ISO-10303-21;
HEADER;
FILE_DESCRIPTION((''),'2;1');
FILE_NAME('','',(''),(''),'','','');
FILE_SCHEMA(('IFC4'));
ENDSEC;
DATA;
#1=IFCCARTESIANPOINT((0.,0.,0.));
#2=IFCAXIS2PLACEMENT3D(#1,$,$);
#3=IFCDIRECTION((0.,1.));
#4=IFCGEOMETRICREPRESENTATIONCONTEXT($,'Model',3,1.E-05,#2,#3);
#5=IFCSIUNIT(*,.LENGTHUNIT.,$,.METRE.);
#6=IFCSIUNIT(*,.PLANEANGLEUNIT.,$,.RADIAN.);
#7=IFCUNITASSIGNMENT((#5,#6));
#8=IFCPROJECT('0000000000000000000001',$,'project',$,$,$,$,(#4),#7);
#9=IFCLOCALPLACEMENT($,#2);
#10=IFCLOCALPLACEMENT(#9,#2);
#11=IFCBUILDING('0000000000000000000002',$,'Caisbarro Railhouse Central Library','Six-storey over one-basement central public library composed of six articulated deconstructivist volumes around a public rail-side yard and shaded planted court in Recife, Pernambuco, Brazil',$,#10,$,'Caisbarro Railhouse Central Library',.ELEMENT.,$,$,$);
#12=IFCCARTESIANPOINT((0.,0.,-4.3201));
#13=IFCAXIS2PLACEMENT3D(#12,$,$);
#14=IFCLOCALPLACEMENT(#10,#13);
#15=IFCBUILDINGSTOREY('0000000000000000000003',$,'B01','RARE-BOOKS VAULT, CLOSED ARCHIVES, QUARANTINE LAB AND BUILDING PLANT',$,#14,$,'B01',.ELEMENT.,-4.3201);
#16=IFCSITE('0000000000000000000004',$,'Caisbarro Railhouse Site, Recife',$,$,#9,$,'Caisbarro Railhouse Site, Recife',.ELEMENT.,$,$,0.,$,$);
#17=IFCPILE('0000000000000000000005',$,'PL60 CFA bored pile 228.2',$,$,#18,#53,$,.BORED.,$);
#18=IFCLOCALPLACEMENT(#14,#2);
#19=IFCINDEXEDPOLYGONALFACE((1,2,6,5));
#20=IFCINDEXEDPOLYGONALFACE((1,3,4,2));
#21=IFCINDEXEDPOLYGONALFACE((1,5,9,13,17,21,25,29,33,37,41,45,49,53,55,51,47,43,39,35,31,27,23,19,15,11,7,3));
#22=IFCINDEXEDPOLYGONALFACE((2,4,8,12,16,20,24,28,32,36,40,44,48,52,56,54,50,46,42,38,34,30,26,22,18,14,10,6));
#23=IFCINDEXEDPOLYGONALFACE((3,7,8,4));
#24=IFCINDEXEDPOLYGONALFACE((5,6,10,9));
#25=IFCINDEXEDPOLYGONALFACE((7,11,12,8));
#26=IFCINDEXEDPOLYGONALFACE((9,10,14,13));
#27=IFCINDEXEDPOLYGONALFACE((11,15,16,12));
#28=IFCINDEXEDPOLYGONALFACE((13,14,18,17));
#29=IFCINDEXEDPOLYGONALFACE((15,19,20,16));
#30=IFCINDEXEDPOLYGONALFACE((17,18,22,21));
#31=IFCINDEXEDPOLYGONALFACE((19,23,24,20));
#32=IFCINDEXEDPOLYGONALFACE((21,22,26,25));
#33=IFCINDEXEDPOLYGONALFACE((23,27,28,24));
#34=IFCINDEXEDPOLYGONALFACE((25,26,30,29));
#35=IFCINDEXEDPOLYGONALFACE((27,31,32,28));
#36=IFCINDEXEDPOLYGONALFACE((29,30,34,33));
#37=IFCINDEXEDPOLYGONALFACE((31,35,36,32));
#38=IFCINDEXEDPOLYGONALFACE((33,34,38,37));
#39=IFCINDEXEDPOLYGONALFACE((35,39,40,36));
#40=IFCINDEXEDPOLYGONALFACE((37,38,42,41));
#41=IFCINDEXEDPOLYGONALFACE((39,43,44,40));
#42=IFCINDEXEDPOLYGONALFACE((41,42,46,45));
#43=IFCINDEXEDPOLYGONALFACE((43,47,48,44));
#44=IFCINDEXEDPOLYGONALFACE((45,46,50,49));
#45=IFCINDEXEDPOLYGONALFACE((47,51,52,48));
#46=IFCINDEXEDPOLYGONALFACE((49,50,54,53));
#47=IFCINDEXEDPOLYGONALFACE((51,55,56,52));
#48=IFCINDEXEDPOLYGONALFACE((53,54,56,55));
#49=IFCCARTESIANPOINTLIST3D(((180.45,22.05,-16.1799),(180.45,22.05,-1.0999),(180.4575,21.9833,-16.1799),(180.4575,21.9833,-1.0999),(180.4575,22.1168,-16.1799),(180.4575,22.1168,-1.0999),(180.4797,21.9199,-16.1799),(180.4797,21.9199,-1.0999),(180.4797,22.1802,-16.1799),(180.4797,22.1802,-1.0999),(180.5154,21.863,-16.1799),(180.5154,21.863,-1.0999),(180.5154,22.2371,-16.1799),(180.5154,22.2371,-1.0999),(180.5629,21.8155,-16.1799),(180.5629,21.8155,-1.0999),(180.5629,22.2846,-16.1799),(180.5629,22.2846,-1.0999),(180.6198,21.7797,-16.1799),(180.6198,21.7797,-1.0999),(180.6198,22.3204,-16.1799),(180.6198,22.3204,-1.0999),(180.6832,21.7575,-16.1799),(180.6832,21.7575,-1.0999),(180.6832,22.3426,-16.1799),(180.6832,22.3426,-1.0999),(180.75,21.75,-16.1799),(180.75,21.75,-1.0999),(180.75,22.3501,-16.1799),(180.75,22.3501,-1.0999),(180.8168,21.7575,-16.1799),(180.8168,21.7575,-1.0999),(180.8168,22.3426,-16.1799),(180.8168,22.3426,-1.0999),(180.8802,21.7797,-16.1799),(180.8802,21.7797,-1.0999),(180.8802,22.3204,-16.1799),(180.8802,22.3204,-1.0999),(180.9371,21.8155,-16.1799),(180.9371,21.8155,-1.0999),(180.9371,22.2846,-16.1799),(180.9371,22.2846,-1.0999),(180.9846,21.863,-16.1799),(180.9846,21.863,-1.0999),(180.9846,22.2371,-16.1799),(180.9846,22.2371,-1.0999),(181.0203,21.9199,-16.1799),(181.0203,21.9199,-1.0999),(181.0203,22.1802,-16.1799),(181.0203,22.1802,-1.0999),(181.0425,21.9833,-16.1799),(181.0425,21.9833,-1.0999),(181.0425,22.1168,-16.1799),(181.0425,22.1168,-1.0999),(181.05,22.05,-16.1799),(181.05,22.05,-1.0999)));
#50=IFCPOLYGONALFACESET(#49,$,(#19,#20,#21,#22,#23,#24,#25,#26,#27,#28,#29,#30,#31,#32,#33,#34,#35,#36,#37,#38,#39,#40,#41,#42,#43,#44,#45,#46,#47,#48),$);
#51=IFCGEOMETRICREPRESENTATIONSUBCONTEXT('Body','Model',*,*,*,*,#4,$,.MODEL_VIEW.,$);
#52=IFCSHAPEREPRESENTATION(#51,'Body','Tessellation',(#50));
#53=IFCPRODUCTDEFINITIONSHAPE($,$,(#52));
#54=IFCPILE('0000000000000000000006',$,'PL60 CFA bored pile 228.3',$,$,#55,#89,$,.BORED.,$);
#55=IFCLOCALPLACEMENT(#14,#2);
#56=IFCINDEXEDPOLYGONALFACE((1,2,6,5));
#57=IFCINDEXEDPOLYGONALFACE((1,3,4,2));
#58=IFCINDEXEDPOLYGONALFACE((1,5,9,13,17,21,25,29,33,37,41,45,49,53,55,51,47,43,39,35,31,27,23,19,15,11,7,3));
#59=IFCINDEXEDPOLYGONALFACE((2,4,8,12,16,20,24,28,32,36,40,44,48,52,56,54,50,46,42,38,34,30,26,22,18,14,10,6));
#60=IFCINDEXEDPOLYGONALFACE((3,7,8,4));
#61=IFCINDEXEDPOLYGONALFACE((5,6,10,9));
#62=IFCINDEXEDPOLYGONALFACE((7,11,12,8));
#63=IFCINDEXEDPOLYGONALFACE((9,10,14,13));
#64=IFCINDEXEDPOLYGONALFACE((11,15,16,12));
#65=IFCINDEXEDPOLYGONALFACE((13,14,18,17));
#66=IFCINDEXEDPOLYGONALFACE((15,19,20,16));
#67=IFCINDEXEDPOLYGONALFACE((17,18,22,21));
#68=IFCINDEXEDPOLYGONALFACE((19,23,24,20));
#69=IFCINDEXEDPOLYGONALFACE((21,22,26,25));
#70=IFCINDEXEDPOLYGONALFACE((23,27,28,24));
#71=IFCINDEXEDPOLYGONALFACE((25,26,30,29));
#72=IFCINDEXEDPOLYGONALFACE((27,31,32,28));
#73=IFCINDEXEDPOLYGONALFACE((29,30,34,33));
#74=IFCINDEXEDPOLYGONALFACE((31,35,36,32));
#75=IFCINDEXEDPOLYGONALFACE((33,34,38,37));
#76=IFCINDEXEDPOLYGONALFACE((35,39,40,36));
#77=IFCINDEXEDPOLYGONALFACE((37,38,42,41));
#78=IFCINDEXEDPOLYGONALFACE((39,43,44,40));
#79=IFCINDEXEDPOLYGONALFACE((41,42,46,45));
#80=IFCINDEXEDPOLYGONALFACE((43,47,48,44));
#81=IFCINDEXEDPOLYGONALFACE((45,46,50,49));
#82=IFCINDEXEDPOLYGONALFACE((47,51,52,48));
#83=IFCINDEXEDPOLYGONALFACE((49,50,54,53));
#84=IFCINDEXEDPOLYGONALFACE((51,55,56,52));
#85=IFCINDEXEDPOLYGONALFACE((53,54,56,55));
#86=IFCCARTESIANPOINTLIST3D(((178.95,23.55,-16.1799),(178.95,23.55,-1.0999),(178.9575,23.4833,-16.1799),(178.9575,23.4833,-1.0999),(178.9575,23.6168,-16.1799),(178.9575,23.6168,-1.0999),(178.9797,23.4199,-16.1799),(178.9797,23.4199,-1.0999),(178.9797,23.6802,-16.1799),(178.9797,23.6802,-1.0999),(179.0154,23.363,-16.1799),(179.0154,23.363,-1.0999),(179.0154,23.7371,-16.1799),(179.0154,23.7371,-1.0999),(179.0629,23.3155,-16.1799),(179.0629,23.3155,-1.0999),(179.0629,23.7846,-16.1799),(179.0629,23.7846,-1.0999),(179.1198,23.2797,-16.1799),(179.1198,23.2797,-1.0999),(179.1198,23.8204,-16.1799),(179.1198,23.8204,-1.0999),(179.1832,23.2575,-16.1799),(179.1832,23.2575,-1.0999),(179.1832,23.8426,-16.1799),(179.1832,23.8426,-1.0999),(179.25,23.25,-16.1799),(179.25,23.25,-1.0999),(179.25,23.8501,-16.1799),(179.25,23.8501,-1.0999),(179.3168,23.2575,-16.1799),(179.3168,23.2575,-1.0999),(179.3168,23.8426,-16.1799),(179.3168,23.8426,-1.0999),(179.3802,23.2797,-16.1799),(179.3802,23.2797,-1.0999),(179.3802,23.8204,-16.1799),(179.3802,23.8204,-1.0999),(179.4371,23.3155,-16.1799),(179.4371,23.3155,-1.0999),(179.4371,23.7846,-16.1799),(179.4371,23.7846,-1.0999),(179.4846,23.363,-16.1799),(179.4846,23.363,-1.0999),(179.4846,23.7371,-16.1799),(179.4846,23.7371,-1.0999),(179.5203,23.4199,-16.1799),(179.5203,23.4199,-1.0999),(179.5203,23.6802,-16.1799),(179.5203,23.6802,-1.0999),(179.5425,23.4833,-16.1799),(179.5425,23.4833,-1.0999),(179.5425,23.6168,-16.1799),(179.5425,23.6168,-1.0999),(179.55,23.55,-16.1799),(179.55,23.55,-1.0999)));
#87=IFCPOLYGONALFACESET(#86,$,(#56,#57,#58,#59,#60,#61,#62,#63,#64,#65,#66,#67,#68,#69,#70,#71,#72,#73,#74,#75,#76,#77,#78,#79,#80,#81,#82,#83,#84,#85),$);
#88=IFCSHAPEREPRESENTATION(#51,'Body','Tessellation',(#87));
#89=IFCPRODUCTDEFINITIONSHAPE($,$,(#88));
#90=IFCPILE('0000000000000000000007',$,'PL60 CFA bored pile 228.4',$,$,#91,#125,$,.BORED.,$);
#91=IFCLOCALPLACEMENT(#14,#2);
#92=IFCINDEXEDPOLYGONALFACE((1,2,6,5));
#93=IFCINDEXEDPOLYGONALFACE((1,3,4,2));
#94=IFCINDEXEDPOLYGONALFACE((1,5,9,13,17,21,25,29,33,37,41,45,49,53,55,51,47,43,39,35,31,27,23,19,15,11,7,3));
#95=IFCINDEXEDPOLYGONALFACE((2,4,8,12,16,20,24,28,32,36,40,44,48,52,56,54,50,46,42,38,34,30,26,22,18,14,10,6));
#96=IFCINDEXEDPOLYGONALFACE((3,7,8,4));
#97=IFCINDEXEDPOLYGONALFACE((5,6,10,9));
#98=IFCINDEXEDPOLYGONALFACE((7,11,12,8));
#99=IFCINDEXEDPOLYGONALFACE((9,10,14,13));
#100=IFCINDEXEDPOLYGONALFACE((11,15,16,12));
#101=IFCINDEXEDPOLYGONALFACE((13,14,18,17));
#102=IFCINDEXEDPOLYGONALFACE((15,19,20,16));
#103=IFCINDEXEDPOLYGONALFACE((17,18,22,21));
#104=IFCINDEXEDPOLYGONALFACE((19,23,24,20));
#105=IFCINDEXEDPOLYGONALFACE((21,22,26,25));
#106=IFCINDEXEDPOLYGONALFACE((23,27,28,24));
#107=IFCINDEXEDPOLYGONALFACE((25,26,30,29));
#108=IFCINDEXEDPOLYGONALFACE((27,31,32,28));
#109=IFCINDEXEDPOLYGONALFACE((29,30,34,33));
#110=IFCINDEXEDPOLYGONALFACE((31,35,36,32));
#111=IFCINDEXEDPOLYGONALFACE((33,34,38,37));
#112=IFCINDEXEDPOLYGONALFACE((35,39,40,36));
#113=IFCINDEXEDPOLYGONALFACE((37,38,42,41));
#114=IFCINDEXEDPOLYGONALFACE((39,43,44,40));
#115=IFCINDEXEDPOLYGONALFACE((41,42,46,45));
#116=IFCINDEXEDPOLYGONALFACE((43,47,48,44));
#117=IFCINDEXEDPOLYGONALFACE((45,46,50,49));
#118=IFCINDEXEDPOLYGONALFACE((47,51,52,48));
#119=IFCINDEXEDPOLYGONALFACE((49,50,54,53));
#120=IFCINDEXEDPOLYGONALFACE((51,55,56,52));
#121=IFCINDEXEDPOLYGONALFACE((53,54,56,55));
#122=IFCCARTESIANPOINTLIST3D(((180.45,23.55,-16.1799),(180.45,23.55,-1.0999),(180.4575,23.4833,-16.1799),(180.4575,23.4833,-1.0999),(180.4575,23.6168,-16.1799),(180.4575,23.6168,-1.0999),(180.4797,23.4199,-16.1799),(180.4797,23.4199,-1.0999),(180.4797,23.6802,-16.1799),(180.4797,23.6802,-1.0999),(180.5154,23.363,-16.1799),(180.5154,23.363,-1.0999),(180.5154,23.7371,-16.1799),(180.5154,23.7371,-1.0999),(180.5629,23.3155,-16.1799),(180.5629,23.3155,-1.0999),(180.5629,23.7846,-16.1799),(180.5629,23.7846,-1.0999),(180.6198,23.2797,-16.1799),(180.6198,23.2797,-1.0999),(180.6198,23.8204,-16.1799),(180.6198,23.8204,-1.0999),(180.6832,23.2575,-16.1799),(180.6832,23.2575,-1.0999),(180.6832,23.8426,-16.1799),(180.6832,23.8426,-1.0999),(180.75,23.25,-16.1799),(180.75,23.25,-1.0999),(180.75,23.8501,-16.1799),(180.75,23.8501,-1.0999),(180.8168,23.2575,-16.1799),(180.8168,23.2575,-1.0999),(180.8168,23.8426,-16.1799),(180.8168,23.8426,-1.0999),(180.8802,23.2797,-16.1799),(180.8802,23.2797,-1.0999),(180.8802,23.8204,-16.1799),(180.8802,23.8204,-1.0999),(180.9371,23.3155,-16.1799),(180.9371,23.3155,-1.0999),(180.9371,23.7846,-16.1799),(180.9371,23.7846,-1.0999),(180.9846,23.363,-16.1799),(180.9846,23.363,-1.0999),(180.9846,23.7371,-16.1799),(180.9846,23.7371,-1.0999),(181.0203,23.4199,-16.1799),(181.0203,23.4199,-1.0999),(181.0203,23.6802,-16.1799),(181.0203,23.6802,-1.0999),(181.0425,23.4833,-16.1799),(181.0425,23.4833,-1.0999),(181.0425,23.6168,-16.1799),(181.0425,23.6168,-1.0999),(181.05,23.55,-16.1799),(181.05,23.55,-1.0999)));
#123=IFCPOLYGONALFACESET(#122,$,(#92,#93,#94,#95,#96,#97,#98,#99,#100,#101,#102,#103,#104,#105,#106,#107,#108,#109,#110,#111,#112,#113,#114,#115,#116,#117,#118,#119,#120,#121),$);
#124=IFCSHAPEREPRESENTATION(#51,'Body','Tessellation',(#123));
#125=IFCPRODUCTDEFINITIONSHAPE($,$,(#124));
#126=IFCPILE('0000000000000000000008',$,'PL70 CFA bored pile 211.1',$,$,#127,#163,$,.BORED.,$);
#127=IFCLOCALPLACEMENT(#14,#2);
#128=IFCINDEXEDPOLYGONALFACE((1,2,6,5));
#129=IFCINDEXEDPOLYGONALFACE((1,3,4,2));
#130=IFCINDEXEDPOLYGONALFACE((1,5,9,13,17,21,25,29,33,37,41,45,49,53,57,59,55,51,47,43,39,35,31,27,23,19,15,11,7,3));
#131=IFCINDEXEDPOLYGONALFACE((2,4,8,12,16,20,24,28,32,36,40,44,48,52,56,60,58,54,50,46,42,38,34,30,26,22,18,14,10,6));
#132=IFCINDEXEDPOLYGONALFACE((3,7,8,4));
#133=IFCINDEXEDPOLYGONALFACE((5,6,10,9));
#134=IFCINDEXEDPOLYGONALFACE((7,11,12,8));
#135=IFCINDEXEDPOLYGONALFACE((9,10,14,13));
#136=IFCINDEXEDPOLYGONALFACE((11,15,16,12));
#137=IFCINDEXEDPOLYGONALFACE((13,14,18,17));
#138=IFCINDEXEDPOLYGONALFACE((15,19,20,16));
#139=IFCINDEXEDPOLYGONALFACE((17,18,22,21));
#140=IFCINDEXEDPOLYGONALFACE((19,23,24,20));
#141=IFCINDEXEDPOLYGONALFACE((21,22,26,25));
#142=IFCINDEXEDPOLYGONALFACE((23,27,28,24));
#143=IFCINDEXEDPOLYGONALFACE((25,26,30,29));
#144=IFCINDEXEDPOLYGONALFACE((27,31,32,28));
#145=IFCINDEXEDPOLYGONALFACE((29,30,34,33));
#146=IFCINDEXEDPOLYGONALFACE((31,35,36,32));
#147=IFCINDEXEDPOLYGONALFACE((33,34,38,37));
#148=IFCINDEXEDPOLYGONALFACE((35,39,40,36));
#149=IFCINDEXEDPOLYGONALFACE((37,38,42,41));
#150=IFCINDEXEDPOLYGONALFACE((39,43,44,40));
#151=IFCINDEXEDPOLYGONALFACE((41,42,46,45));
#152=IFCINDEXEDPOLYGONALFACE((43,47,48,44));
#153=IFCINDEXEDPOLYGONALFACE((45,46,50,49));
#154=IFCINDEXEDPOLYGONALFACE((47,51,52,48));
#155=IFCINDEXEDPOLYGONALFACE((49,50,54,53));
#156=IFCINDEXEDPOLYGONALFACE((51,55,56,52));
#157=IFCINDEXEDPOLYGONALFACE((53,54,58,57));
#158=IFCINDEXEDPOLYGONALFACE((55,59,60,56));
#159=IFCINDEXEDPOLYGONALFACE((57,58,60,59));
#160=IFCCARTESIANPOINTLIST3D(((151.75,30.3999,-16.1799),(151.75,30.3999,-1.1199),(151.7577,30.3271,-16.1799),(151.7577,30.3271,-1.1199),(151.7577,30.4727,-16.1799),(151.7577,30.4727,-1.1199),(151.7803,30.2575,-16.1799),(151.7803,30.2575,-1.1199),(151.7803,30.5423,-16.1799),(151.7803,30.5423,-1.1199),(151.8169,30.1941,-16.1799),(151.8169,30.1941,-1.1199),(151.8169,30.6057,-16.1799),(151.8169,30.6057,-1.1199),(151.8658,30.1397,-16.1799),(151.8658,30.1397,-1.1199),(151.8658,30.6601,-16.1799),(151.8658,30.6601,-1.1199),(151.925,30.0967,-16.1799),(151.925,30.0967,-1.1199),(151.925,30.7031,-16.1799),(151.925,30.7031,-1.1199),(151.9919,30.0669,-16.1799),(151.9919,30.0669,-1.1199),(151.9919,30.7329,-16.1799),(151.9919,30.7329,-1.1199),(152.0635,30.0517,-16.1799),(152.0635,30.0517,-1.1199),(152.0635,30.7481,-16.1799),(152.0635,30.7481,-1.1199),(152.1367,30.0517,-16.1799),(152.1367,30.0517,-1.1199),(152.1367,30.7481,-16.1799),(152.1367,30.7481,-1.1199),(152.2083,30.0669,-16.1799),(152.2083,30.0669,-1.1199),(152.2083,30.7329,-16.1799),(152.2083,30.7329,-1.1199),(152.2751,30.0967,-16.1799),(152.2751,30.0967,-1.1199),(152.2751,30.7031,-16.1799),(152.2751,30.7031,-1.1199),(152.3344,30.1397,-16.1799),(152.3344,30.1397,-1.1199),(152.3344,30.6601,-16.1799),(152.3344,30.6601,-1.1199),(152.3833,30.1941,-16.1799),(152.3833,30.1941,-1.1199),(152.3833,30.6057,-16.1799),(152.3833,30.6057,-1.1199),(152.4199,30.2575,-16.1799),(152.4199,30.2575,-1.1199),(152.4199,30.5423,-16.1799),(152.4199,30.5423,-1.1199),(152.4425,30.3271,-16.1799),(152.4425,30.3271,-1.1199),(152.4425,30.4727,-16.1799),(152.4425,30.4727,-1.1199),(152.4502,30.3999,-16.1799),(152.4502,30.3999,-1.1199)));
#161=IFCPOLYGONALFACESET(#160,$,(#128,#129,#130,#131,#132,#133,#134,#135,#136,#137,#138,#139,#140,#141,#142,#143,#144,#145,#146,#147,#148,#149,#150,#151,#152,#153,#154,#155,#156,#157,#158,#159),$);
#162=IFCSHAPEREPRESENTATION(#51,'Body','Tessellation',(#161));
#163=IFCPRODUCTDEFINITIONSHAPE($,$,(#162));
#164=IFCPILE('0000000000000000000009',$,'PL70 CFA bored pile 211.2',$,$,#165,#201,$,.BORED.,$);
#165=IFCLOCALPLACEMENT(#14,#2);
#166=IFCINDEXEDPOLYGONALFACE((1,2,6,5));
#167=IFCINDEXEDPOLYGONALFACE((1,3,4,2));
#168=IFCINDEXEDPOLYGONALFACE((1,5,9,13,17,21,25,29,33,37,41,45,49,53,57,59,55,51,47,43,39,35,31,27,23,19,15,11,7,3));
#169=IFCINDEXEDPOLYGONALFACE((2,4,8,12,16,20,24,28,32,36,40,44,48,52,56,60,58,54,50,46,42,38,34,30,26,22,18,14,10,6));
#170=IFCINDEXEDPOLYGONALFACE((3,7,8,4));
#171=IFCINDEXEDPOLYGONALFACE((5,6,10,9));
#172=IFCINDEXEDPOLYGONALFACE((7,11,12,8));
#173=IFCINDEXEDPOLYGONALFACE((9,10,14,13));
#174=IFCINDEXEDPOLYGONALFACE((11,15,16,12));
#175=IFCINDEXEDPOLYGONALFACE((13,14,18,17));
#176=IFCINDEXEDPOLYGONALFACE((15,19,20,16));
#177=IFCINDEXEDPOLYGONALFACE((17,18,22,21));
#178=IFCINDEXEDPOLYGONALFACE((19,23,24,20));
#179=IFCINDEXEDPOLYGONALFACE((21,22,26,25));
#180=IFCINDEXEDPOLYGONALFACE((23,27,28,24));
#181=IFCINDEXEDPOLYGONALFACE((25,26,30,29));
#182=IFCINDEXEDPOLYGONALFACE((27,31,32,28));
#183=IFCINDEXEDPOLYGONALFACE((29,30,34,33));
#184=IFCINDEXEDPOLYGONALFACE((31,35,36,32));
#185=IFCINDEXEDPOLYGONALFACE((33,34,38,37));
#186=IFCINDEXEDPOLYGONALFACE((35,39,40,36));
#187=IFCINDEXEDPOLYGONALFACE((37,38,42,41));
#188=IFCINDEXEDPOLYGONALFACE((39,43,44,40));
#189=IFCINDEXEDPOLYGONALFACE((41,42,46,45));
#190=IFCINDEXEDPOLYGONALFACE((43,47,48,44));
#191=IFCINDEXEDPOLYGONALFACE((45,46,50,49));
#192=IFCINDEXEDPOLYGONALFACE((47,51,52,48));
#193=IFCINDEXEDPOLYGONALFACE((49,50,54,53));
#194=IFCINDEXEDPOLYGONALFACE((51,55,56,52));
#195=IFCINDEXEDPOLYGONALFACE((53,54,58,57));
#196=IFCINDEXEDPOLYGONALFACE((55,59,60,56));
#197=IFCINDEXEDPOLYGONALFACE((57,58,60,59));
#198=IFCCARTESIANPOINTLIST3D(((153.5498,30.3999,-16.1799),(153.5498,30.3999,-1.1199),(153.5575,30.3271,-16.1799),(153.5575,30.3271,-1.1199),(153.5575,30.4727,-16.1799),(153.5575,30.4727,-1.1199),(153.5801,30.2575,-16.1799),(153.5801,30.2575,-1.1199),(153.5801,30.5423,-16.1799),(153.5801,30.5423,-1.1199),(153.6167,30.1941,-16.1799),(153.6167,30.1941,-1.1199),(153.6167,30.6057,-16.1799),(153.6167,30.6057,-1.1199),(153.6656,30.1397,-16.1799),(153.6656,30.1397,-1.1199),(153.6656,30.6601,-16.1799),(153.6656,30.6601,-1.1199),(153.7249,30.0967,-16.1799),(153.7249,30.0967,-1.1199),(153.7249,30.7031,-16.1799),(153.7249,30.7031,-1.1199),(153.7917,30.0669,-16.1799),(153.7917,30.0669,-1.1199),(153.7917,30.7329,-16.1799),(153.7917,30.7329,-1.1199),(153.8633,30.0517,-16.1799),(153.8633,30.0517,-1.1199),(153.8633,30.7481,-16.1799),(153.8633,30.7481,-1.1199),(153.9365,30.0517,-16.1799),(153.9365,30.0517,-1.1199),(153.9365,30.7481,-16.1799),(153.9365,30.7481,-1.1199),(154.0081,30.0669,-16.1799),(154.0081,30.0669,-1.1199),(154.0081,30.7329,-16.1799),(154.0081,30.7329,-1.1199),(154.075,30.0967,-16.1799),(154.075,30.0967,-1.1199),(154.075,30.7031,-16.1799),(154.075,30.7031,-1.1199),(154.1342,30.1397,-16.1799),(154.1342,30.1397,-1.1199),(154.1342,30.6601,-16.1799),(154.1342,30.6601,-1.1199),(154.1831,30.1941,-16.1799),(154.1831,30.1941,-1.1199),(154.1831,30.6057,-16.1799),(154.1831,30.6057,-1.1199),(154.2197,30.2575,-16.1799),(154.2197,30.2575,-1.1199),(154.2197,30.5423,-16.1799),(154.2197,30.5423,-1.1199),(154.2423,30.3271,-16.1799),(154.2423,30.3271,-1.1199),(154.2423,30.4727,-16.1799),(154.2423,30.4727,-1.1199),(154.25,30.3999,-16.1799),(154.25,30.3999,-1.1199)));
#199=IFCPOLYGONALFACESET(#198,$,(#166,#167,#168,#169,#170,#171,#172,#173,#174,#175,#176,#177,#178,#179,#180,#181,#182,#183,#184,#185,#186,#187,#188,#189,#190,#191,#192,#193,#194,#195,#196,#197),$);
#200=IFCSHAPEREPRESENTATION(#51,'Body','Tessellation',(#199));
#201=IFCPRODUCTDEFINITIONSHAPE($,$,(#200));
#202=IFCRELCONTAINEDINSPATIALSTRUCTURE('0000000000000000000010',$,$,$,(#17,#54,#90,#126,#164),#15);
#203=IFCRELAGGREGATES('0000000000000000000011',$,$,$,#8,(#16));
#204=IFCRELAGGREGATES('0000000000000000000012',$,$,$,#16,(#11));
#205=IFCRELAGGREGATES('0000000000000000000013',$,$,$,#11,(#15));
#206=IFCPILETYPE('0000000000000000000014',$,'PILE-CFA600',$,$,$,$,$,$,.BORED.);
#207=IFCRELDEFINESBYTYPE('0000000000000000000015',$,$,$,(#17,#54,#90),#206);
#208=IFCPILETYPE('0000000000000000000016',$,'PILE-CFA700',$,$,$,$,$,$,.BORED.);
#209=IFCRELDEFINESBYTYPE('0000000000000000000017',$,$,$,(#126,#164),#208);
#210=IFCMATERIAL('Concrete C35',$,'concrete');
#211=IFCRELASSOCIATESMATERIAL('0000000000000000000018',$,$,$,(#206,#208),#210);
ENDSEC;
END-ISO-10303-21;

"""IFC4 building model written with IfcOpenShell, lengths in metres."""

from ifc_helpers import new_model, si_unit, direction, frame, origin, origin_2d, place, context, subcontext, project, spatial, circle, extrude, material, material_profile, profile_set, type_object, element, save


model = new_model("IFC4")

# Units and contexts
model_context = context("Model", 3, precision=1e-05, world=origin(), true_north=direction((0.0, 1.0)))
body_context = subcontext(model_context, "Body", "Model", "MODEL_VIEW")
ifc_project = project(units=[si_unit("LENGTHUNIT", "METRE"), si_unit("PLANEANGLEUNIT", "RADIAN")], contexts=[model_context])

# Site, building, storey
site_placement = place(None, origin())
site = spatial("IfcSite", under=ifc_project, at=site_placement, Name="Caisbarro Railhouse Site, Recife", LongName="Caisbarro Railhouse Site, Recife", CompositionType="ELEMENT", RefElevation=0.0)
building_placement = place(site_placement, origin())
building = spatial("IfcBuilding", under=site, at=building_placement, Name="Caisbarro Railhouse Central Library", Description="Six-storey over one-basement central public library composed of six articulated deconstructivist volumes around a public rail-side yard and shaded planted court in Recife, Pernambuco, Brazil", LongName="Caisbarro Railhouse Central Library", CompositionType="ELEMENT")
storey_placement = place(building_placement, frame((0.0, 0.0, -4.3201)))
storey = spatial("IfcBuildingStorey", under=building, at=storey_placement, Name="B01", Description="RARE-BOOKS VAULT, CLOSED ARCHIVES, QUARANTINE LAB AND BUILDING PLANT", LongName="B01", CompositionType="ELEMENT", Elevation=-4.3201)

# Shared definitions
ifc_material_1 = material(Name="Concrete C35", Category="concrete")

# Piles
ifc_material_profile_1 = material_profile(ifc_material_1, circle(Radius=0.3, at=origin_2d()), Name="PILE-CFA-600")
ifc_profile_set_1 = profile_set([ifc_material_profile_1], Name="Concrete C35")
pile_type_1 = type_object("IfcPileType", Name="PILE-CFA600", PredefinedType="BORED", material=ifc_profile_set_1)
for number, where, z_axis, x_axis, name in (
    (1, (180.75, 22.05, -1.0999), (0.0, 0.0, -1.0), (1.0, 0.0, 0.0), "PL60 CFA bored pile 228.2"),
    (2, (179.25, 23.55, -1.0999), (0.0, 0.0, -1.0), (1.0, 0.0, 0.0), "PL60 CFA bored pile 228.3"),
    (3, (180.75, 23.55, -1.0999), (0.0, 0.0, -1.0), (1.0, 0.0, 0.0), "PL60 CFA bored pile 228.4"),
):
    element("IfcPile", number, at=place(storey_placement, frame(where, z_axis=z_axis, x_axis=x_axis)), inside=storey, type_object=pile_type_1, Name=name, PredefinedType="BORED", context=body_context, shape_type="SweptSolid", body=[
        extrude(circle(Radius=0.3, at=origin_2d()), origin(), (0.0, 0.0, 1.0), 15.0801),
    ])
ifc_material_profile_2 = material_profile(ifc_material_1, circle(Radius=0.3501, at=origin_2d()), Name="PILE-CFA-700")
ifc_profile_set_2 = profile_set([ifc_material_profile_2], Name="Concrete C35")
pile_type_2 = type_object("IfcPileType", Name="PILE-CFA700", PredefinedType="BORED", material=ifc_profile_set_2)
for number, where, z_axis, x_axis, name in (
    (4, (152.1001, 30.3999, -1.1199), (0.0, 0.0, -1.0), (1.0, 0.0, 0.0), "PL70 CFA bored pile 211.1"),
    (5, (153.8999, 30.3999, -1.1199), (0.0, 0.0, -1.0), (1.0, 0.0, 0.0), "PL70 CFA bored pile 211.2"),
):
    element("IfcPile", number, at=place(storey_placement, frame(where, z_axis=z_axis, x_axis=x_axis)), inside=storey, type_object=pile_type_2, Name=name, PredefinedType="BORED", context=body_context, shape_type="SweptSolid", body=[
        extrude(circle(Radius=0.3501, at=origin_2d()), origin(), (0.0, 0.0, 1.0), 15.0601),
    ])

save(model, "model.ifc")
